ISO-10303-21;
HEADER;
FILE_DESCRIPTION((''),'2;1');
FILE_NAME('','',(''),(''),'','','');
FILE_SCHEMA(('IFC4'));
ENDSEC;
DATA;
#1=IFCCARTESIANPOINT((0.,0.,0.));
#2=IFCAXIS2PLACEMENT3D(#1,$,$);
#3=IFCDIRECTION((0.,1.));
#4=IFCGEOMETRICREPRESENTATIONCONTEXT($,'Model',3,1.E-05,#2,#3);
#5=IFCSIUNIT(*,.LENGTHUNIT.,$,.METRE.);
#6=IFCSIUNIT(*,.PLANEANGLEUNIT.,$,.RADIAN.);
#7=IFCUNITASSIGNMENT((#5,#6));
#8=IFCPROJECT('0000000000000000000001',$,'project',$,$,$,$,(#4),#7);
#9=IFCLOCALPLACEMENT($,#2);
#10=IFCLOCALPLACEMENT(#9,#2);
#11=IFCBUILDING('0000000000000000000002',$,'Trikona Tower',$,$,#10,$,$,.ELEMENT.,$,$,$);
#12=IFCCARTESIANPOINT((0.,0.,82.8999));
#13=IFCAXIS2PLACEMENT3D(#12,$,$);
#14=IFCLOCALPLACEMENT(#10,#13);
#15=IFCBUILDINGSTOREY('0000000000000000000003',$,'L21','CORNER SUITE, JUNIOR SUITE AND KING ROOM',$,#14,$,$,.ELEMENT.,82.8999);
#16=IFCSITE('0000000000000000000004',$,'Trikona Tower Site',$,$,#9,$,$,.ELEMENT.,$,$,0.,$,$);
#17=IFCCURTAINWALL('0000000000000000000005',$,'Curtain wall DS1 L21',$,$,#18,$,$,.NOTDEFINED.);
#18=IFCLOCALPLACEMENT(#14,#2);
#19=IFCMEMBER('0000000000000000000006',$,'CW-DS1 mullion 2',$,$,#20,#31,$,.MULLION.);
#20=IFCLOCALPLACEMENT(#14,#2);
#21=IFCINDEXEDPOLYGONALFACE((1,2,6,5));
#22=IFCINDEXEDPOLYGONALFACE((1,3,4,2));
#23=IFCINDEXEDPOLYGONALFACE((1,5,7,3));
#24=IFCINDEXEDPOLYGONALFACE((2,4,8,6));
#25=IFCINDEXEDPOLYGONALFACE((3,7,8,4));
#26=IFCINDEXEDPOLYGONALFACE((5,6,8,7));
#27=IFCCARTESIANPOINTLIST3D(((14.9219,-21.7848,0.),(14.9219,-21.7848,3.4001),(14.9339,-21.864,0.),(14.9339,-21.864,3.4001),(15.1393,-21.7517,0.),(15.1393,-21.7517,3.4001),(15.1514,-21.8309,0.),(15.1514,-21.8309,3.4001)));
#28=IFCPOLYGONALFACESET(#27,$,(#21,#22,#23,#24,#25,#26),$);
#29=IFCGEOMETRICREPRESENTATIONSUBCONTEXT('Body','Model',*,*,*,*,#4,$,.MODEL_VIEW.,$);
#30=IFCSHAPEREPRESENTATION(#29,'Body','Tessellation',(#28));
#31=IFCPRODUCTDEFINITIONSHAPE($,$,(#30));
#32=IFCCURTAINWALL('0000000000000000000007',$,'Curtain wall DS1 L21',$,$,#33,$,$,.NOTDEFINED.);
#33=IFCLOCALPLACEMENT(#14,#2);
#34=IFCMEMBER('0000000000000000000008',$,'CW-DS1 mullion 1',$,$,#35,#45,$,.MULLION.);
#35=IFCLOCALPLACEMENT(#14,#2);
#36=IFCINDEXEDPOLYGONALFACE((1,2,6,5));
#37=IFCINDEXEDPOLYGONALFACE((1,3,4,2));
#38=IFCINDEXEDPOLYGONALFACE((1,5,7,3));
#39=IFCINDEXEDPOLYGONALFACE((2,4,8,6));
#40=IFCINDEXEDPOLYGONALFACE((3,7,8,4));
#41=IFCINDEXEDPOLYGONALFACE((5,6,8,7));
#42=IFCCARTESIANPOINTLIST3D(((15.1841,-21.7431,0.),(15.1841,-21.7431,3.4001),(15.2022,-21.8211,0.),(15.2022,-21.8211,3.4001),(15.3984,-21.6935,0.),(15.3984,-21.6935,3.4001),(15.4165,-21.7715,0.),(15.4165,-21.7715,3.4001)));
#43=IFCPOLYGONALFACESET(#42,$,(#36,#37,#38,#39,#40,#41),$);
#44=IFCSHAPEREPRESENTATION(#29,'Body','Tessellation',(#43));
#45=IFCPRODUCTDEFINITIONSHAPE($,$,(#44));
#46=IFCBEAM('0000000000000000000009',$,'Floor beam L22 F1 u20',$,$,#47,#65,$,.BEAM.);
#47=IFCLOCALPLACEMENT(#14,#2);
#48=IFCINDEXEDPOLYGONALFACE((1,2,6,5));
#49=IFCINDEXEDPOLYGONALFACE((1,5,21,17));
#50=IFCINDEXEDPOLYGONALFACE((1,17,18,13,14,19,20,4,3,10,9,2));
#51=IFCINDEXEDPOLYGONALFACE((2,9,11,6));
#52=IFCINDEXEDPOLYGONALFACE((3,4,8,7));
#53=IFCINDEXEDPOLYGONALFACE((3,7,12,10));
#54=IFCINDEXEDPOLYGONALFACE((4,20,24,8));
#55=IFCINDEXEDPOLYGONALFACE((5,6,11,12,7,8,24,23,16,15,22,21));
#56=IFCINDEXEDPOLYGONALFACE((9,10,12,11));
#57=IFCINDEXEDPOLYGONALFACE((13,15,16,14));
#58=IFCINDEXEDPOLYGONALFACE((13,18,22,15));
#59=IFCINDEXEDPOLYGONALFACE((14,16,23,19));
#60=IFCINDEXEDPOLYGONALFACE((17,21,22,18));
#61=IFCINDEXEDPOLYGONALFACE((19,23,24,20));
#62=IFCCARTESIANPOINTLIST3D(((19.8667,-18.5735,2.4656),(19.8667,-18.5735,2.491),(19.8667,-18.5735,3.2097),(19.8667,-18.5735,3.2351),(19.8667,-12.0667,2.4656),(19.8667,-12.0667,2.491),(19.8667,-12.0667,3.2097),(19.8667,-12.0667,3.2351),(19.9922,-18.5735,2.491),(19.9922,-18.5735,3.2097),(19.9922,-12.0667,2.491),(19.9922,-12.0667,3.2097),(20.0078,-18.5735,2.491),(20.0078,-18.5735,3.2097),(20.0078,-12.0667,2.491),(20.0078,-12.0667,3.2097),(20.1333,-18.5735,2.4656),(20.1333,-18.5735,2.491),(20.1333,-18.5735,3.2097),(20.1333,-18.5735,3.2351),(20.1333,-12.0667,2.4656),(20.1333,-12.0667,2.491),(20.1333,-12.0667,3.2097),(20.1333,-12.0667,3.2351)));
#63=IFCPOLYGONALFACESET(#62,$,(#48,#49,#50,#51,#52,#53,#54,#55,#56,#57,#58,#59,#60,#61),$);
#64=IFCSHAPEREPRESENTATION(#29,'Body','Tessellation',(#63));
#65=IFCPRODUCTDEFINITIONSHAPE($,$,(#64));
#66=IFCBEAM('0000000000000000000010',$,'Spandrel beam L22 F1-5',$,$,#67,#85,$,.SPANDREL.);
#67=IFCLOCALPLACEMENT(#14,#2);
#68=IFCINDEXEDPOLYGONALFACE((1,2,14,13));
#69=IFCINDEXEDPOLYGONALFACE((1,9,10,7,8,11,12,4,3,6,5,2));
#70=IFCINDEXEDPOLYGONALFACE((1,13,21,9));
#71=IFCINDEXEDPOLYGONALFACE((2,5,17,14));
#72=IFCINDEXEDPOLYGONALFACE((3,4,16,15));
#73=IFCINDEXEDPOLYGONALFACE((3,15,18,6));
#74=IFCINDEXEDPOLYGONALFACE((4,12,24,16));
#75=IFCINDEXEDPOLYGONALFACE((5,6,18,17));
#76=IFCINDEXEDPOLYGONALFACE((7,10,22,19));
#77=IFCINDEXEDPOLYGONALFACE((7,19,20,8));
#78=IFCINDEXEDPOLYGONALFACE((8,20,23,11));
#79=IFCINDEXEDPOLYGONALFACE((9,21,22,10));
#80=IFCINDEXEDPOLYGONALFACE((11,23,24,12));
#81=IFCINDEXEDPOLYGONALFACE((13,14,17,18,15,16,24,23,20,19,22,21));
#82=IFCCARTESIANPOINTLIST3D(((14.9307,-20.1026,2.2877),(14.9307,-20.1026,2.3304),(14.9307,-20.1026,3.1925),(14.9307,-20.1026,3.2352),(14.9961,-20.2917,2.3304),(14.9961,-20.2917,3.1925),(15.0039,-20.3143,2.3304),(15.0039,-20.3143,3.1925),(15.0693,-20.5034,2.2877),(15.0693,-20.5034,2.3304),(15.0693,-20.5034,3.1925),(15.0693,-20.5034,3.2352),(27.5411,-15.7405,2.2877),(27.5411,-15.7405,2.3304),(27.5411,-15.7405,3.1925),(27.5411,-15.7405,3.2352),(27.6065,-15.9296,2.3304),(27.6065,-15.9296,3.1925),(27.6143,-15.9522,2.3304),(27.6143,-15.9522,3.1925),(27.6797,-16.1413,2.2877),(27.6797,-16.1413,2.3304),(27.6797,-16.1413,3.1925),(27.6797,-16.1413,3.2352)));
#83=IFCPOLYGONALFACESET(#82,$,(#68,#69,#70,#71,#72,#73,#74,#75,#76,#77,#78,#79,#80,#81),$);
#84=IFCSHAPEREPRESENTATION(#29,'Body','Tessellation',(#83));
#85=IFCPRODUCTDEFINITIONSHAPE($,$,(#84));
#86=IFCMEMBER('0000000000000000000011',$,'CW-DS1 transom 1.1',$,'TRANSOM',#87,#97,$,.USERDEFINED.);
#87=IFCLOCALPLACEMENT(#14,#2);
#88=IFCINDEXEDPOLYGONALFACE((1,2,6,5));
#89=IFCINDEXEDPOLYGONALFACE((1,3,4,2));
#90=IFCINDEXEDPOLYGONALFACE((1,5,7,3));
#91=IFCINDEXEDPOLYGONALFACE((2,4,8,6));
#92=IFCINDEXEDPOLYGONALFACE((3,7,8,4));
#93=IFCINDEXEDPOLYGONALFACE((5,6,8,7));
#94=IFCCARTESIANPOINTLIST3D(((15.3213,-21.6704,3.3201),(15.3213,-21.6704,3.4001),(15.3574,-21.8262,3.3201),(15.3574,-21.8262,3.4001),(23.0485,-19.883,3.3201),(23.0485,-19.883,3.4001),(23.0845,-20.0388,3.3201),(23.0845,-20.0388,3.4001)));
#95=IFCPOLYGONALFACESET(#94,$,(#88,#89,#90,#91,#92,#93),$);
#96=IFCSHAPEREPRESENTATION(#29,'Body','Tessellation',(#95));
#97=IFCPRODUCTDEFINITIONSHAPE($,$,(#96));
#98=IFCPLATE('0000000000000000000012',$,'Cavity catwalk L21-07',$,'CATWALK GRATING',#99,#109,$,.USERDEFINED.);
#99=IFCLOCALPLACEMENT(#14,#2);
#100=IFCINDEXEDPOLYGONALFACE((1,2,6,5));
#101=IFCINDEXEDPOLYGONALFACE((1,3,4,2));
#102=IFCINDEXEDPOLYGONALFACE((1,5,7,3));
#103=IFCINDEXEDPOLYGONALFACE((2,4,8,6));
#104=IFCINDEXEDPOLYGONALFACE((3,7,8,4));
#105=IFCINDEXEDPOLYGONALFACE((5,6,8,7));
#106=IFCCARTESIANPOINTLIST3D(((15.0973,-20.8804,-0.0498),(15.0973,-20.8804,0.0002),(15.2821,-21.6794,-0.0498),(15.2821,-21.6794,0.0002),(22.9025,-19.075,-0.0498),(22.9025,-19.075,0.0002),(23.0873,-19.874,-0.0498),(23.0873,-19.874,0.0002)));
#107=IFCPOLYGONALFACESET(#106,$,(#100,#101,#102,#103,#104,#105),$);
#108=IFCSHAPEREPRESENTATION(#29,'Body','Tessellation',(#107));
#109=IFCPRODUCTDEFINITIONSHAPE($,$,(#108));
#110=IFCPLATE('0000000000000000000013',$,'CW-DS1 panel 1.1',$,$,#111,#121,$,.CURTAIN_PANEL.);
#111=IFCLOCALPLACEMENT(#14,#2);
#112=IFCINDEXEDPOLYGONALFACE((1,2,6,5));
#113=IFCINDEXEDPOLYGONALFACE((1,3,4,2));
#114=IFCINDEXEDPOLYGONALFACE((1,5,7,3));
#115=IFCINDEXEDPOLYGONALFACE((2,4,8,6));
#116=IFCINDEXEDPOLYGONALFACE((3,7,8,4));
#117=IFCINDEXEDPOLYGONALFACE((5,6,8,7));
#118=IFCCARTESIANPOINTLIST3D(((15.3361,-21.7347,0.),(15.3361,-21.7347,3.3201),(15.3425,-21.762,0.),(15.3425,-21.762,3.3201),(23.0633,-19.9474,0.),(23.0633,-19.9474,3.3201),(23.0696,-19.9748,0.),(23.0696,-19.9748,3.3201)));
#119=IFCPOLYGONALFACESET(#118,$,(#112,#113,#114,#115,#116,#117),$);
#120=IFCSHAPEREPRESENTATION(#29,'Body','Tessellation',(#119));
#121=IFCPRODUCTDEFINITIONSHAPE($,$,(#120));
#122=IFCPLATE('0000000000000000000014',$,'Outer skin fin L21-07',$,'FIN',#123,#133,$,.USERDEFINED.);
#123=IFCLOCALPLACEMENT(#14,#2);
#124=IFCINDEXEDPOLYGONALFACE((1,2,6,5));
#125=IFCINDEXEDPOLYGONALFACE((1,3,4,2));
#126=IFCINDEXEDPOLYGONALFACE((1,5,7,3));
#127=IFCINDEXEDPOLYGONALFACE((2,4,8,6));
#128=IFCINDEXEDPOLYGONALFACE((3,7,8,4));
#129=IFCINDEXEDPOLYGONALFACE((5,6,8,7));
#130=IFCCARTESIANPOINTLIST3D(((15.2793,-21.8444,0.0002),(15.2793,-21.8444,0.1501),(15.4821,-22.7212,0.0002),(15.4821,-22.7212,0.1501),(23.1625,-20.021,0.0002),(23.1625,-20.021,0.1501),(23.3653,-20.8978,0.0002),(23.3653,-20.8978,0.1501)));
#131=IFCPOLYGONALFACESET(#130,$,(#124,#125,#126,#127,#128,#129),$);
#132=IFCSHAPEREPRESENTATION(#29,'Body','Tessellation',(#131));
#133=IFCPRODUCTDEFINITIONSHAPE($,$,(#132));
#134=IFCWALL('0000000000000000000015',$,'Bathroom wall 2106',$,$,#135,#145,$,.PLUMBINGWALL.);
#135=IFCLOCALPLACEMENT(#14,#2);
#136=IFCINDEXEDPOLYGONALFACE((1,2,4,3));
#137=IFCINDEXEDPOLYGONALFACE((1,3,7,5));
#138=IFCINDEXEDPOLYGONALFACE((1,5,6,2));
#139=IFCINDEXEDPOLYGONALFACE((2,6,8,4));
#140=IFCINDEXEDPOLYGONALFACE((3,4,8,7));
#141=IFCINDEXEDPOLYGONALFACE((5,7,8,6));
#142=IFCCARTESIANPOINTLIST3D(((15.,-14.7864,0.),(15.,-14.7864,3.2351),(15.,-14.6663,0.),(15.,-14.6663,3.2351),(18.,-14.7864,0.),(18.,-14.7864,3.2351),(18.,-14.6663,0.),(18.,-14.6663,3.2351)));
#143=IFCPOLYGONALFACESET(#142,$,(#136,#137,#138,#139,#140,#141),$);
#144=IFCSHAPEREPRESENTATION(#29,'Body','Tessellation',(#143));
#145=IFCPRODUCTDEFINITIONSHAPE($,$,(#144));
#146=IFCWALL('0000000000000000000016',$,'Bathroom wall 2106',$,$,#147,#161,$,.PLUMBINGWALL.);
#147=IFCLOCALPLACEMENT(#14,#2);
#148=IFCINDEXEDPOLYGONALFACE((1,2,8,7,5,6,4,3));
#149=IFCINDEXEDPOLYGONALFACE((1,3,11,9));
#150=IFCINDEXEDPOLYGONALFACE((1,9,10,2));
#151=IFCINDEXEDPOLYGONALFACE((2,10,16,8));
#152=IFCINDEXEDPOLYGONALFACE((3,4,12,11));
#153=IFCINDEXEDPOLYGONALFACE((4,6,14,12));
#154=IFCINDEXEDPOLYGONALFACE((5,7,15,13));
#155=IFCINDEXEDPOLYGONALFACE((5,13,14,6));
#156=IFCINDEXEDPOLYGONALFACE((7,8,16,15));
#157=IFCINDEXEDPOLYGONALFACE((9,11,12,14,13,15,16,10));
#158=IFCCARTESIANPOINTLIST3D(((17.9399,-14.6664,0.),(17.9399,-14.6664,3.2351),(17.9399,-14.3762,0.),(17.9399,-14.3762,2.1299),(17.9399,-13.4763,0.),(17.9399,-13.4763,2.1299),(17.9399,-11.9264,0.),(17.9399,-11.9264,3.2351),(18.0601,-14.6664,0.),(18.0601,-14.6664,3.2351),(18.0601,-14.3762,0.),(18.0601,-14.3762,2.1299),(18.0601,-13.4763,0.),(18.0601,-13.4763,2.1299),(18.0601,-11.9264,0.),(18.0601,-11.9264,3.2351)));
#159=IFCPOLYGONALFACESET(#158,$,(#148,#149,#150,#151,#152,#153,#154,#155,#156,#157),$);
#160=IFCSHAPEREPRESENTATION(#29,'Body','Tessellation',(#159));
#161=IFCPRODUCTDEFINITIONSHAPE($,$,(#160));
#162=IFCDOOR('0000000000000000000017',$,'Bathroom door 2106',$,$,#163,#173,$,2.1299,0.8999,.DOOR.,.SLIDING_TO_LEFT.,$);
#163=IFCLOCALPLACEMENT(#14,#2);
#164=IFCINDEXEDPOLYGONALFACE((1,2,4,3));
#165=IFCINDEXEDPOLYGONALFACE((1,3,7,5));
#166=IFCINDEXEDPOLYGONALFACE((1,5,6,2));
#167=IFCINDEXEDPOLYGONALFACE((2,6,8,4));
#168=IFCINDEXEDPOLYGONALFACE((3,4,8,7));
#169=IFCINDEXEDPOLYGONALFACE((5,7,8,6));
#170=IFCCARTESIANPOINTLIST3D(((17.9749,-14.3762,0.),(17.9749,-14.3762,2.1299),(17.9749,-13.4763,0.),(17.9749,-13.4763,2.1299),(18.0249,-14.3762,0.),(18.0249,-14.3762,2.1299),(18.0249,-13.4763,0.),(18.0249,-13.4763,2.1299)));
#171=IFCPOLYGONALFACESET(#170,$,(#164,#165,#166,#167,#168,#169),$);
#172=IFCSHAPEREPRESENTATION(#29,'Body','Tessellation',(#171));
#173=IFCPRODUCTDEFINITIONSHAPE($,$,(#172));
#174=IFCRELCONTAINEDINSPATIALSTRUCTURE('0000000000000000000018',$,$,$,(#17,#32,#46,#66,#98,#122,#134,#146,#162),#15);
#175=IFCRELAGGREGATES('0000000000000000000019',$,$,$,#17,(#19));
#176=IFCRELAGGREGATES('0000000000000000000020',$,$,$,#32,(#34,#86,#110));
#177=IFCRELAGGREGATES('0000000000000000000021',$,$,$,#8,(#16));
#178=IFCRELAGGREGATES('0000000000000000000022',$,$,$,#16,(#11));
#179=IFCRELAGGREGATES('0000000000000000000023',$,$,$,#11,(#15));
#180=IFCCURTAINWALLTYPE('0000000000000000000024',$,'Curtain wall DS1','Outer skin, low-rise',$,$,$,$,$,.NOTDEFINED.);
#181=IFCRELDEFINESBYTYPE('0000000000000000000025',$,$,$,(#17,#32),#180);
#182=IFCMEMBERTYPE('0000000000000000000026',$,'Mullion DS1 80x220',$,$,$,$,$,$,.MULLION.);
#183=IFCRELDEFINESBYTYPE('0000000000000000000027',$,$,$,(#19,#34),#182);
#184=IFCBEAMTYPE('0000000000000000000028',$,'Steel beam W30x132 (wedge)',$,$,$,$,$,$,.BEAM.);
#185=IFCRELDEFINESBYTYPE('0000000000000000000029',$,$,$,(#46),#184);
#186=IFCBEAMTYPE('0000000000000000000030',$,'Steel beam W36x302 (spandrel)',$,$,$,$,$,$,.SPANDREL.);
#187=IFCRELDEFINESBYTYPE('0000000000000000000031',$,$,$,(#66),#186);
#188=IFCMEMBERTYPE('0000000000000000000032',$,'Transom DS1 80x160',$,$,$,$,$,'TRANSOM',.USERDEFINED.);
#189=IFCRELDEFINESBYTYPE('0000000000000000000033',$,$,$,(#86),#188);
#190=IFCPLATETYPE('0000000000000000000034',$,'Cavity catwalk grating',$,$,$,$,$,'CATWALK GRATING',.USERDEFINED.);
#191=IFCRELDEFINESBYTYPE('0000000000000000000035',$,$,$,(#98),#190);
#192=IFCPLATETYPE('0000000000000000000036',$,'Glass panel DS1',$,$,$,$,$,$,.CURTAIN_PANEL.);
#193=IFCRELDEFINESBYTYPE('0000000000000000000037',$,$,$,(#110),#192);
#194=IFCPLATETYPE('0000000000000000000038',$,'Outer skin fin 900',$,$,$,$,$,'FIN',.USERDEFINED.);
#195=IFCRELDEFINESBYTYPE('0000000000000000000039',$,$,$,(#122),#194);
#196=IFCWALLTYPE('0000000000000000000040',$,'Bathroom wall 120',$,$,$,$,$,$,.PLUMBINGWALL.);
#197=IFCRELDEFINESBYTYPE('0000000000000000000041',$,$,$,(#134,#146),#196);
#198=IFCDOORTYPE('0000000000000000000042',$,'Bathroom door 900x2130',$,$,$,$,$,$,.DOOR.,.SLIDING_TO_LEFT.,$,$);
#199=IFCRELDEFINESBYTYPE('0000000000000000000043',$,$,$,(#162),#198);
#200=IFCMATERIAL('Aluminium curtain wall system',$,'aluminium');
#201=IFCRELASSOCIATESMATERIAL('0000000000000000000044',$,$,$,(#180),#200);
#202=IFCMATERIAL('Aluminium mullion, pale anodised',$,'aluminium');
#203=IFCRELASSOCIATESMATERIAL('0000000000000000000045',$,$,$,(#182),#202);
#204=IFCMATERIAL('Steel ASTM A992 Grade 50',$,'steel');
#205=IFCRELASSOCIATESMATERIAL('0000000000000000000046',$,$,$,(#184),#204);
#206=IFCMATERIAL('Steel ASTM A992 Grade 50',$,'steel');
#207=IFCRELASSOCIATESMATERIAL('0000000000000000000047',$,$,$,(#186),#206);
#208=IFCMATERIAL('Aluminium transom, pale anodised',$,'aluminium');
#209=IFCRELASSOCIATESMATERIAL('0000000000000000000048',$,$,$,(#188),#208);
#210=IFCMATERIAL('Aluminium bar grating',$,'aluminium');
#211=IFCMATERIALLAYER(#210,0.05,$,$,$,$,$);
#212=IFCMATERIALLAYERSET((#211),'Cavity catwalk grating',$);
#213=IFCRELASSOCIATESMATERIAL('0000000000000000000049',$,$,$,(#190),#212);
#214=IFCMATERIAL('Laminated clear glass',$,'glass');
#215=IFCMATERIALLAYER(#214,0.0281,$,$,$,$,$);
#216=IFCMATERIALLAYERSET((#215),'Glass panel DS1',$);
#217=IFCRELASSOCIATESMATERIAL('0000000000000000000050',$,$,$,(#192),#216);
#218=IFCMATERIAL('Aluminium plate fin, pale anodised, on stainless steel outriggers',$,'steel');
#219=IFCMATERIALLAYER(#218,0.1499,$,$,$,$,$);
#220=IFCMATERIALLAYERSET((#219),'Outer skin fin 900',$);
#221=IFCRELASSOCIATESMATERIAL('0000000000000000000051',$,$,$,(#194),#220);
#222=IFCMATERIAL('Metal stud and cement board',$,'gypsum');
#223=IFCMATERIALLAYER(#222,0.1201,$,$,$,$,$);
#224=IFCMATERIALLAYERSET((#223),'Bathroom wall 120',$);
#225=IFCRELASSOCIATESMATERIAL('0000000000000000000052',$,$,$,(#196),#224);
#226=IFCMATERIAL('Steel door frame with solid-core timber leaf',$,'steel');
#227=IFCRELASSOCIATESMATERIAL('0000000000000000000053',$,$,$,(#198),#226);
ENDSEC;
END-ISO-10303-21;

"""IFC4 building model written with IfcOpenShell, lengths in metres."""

from ifc_helpers import new_model, si_unit, direction, frame, frame_2d, origin, origin_2d, place, context, subcontext, project, spatial, rectangle, i_section, extrude, material, layer, layer_set, material_profile, profile_set, type_object, element, fill, aggregate, save


model = new_model("IFC4")

# Units and contexts
model_context = context("Model", 3, precision=1e-05, world=origin(), true_north=direction((0.0, 1.0)))
body_context = subcontext(model_context, "Body", "Model", "MODEL_VIEW")
ifc_project = project(units=[si_unit("LENGTHUNIT", "METRE"), si_unit("PLANEANGLEUNIT", "RADIAN")], contexts=[model_context])

# Site, building, storey
site_placement = place(None, origin())
site = spatial("IfcSite", under=ifc_project, at=site_placement, Name="Trikona Tower Site", CompositionType="ELEMENT", RefElevation=0.0)
building_placement = place(site_placement, origin())
building = spatial("IfcBuilding", under=site, at=building_placement, Name="Trikona Tower", CompositionType="ELEMENT")
storey_placement = place(building_placement, frame((0.0, 0.0, 82.8999)))
storey = spatial("IfcBuildingStorey", under=building, at=storey_placement, Name="L21", Description="CORNER SUITE, JUNIOR SUITE AND KING ROOM", CompositionType="ELEMENT", Elevation=82.8999)

# Curtain walls, members
ifc_material_1 = material(Name="Aluminium curtain wall system", Category="aluminium")
curtain_wall_type = type_object("IfcCurtainWallType", Name="Curtain wall DS1", Description="Outer skin, low-rise", PredefinedType="NOTDEFINED", material=ifc_material_1)
curtain_wall_1_placement = place(storey_placement, origin())
curtain_wall_1 = element("IfcCurtainWall", 1, at=curtain_wall_1_placement, inside=storey, type_object=curtain_wall_type, Name="Curtain wall DS1 L21", PredefinedType="NOTDEFINED")
ifc_material_2 = material(Name="Aluminium mullion, pale anodised", Category="aluminium")
ifc_material_profile_1 = material_profile(ifc_material_2, rectangle(XDim=0.0801, YDim=0.22, at=origin_2d()), Name="MUL-DS1")
ifc_profile_set_1 = profile_set([ifc_material_profile_1], Name="Aluminium mullion, pale anodised")
member_type_1 = type_object("IfcMemberType", Name="Mullion DS1 80x220", PredefinedType="MULLION", material=ifc_profile_set_1)
member_1_placement = place(storey_placement, frame((15.0366, -21.8079, 0.0), z_axis=(0.0, 0.0, 1.0), x_axis=(-0.150438, 0.988619, 0.0)))
member_1 = element("IfcMember", 2, at=member_1_placement, type_object=member_type_1, Name="CW-DS1 mullion 2", PredefinedType="MULLION", context=body_context, shape_type="SweptSolid", body=[
    extrude(rectangle(XDim=0.0801, YDim=0.22, at=origin_2d()), origin(), (0.0, 0.0, 1.0), 3.4001),
])
aggregate(curtain_wall_1, [member_1])
curtain_wall_2_placement = place(storey_placement, origin())
curtain_wall_2 = element("IfcCurtainWall", 3, at=curtain_wall_2_placement, inside=storey, type_object=curtain_wall_type, Name="Curtain wall DS1 L21", PredefinedType="NOTDEFINED")
member_2_placement = place(storey_placement, frame((15.3003, -21.7573, 0.0), z_axis=(0.0, 0.0, 1.0), x_axis=(-0.225343, 0.974279, 0.0)))
member_2 = element("IfcMember", 4, at=member_2_placement, type_object=member_type_1, Name="CW-DS1 mullion 1", PredefinedType="MULLION", context=body_context, shape_type="SweptSolid", body=[
    extrude(rectangle(XDim=0.0801, YDim=0.22, at=origin_2d()), origin(), (0.0, 0.0, 1.0), 3.4001),
])

# Beams
ifc_material_3 = material(Name="Steel ASTM A992 Grade 50", Category="steel")
ifc_material_profile_2 = material_profile(ifc_material_3, i_section(OverallWidth=0.2666, OverallDepth=0.7695, WebThickness=0.0156, FlangeThickness=0.0254, at=origin_2d()), Name="W30X132")
ifc_profile_set_2 = profile_set([ifc_material_profile_2], Name="Steel ASTM A992 Grade 50")
beam_type_1 = type_object("IfcBeamType", Name="Steel beam W30x132 (wedge)", PredefinedType="BEAM", material=ifc_profile_set_2)
beam_1_placement = place(storey_placement, frame((20.0, -12.0667, 2.8503), z_axis=(0.0, -1.0, 0.0), x_axis=(1.0, 0.0, 0.0)))
element("IfcBeam", 5, at=beam_1_placement, inside=storey, type_object=beam_type_1, Name="Floor beam L22 F1 u20", PredefinedType="BEAM", context=body_context, shape_type="SweptSolid", body=[
    extrude(i_section(OverallWidth=0.2666, OverallDepth=0.7695, WebThickness=0.0156, FlangeThickness=0.0254, at=origin_2d()), origin(), (0.0, 0.0, 1.0), 6.5068),
])
ifc_material_4 = material(Name="Steel ASTM A992 Grade 50", Category="steel")
ifc_material_profile_3 = material_profile(ifc_material_4, i_section(OverallWidth=0.4241, OverallDepth=0.9475, WebThickness=0.0239, FlangeThickness=0.0427, at=origin_2d()), Name="W36X302")
ifc_profile_set_3 = profile_set([ifc_material_profile_3], Name="Steel ASTM A992 Grade 50")
beam_type_2 = type_object("IfcBeamType", Name="Steel beam W36x302 (spandrel)", PredefinedType="SPANDREL", material=ifc_profile_set_3)
beam_2_placement = place(storey_placement, frame((15.0, -20.303, 2.7615), z_axis=(0.945057, 0.326906, 0.0), x_axis=(-0.326906, 0.945057, 0.0)))
element("IfcBeam", 6, at=beam_2_placement, inside=storey, type_object=beam_type_2, Name="Spandrel beam L22 F1-5", PredefinedType="SPANDREL", context=body_context, shape_type="SweptSolid", body=[
    extrude(i_section(OverallWidth=0.4241, OverallDepth=0.9475, WebThickness=0.0239, FlangeThickness=0.0427, at=origin_2d()), origin(), (0.0, 0.0, 1.0), 13.3435),
])

# Member
ifc_material_5 = material(Name="Aluminium transom, pale anodised", Category="aluminium")
ifc_material_profile_4 = material_profile(ifc_material_5, rectangle(XDim=0.1599, YDim=0.0801, at=origin_2d()), Name="TRN-DS1")
ifc_profile_set_4 = profile_set([ifc_material_profile_4], Name="Aluminium transom, pale anodised")
member_type_2 = type_object("IfcMemberType", Name="Transom DS1 80x160", ElementType="TRANSOM", PredefinedType="USERDEFINED", material=ifc_profile_set_4)
member_3_placement = place(storey_placement, frame((15.3394, -21.7483, 3.3601), z_axis=(0.974275, 0.225361, 0.0), x_axis=(-0.225361, 0.974275, 0.0)))
member_3 = element("IfcMember", 7, at=member_3_placement, type_object=member_type_2, Name="CW-DS1 transom 1.1", ObjectType="TRANSOM", PredefinedType="USERDEFINED", context=body_context, shape_type="SweptSolid", body=[
    extrude(rectangle(XDim=0.1599, YDim=0.0801, at=origin_2d()), origin(), (0.0, 0.0, 1.0), 7.9312),
])

# Plates
ifc_material_6 = material(Name="Aluminium bar grating", Category="aluminium")
ifc_layer_1 = layer(ifc_material_6, 0.05)
ifc_layer_set_1 = layer_set([ifc_layer_1], Name="Cavity catwalk grating")
plate_type_1 = type_object("IfcPlateType", Name="Cavity catwalk grating", ElementType="CATWALK GRATING", PredefinedType="USERDEFINED", material=ifc_layer_set_1)
plate_1_placement = place(storey_placement, frame((19.0923, -20.3772, -0.0498), z_axis=(0.0, 0.0, 1.0), x_axis=(0.974278, 0.225351, 0.0)))
element("IfcPlate", 8, at=plate_1_placement, inside=storey, type_object=plate_type_1, Name="Cavity catwalk L21-07", ObjectType="CATWALK GRATING", PredefinedType="USERDEFINED", context=body_context, shape_type="SweptSolid", body=[
    extrude(rectangle(XDim=8.0112, YDim=0.8201, at=origin_2d()), origin(), (0.0, 0.0, 1.0), 0.05),
])
ifc_material_7 = material(Name="Laminated clear glass", Category="glass")
ifc_layer_2 = layer(ifc_material_7, 0.0281)
ifc_layer_set_2 = layer_set([ifc_layer_2], Name="Glass panel DS1")
plate_type_2 = type_object("IfcPlateType", Name="Glass panel DS1", PredefinedType="CURTAIN_PANEL", material=ifc_layer_set_2)
plate_2_placement = place(storey_placement, frame((19.2029, -20.8547, 0.0), z_axis=(0.0, 0.0, 1.0), x_axis=(0.974279, 0.225343, 0.0)))
plate_2 = element("IfcPlate", 9, at=plate_2_placement, type_object=plate_type_2, Name="CW-DS1 panel 1.1", PredefinedType="CURTAIN_PANEL", context=body_context, shape_type="SweptSolid", body=[
    extrude(rectangle(XDim=7.9312, YDim=0.0281, at=origin_2d()), origin(), (0.0, 0.0, 1.0), 3.3201),
])
aggregate(curtain_wall_2, [member_2, member_3, plate_2])
ifc_material_8 = material(Name="Aluminium plate fin, pale anodised, on stainless steel outriggers", Category="steel")
ifc_layer_3 = layer(ifc_material_8, 0.1499)
ifc_layer_set_3 = layer_set([ifc_layer_3], Name="Outer skin fin 900")
plate_type_3 = type_object("IfcPlateType", Name="Outer skin fin 900", ElementType="FIN", PredefinedType="USERDEFINED", material=ifc_layer_set_3)
plate_3_placement = place(storey_placement, frame((19.3223, -21.3711, 0.0002), z_axis=(0.0, 0.0, 1.0), x_axis=(0.974278, 0.225351, 0.0)))
element("IfcPlate", 10, at=plate_3_placement, inside=storey, type_object=plate_type_3, Name="Outer skin fin L21-07", ObjectType="FIN", PredefinedType="USERDEFINED", context=body_context, shape_type="SweptSolid", body=[
    extrude(rectangle(XDim=8.0913, YDim=0.8999, at=origin_2d()), origin(), (0.0, 0.0, 1.0), 0.1499),
])

# Wall
ifc_material_9 = material(Name="Metal stud and cement board", Category="gypsum")
ifc_layer_4 = layer(ifc_material_9, 0.1201)
ifc_layer_set_4 = layer_set([ifc_layer_4], Name="Bathroom wall 120")
wall_type_1 = type_object("IfcWallType", Name="Bathroom wall 120", PredefinedType="PLUMBINGWALL", material=ifc_layer_set_4)
wall_1_placement = place(storey_placement, frame((15.0, -14.7263, 0.0), z_axis=(0.0, 0.0, 1.0), x_axis=(1.0, 0.0, 0.0)))
element("IfcWall", 11, at=wall_1_placement, inside=storey, type_object=wall_type_1, Name="Bathroom wall 2106", PredefinedType="PLUMBINGWALL", context=body_context, shape_type="SweptSolid", body=[
    extrude(rectangle(XDim=3.0, YDim=0.1201, at=frame_2d((1.5, 0.0))), origin(), (0.0, 0.0, 1.0), 3.2351),
])

# Wall, opening, door
wall_2_placement = place(storey_placement, frame((18.0, -11.9263, 0.0), z_axis=(0.0, 0.0, 1.0), x_axis=(0.0, -1.0, 0.0)))
wall_2 = element("IfcWall", 12, at=wall_2_placement, inside=storey, type_object=wall_type_1, Name="Bathroom wall 2106", PredefinedType="PLUMBINGWALL", context=body_context, shape_type="SweptSolid", body=[
    extrude(rectangle(XDim=2.74, YDim=0.1201, at=frame_2d((1.3701, 0.0))), origin(), (0.0, 0.0, 1.0), 3.2351),
])
opening_placement = place(wall_2_placement, frame((1.55, 0.0, 0.0)))
opening = element("IfcOpeningElement", 13, at=opening_placement, cuts=wall_2, PredefinedType="OPENING", context=body_context, shape_type="SweptSolid", body=[
    extrude(rectangle(XDim=0.8999, YDim=2.1299, at=frame_2d((0.45, 1.0649))), frame((0.0, 0.0701, 0.0), z_axis=(0.0, -1.0, 0.0), x_axis=(1.0, 0.0, 0.0)), (0.0, 0.0, 1.0), 0.1401),
])
ifc_material_10 = material(Name="Steel door frame with solid-core timber leaf", Category="steel")
door_type = type_object("IfcDoorType", Name="Bathroom door 900x2130", OperationType="SLIDING_TO_LEFT", PredefinedType="DOOR", material=ifc_material_10)
door_placement = place(opening_placement, origin())
door = element("IfcDoor", 14, at=door_placement, inside=storey, type_object=door_type, Name="Bathroom door 2106", OperationType="SLIDING_TO_LEFT", OverallHeight=2.1299, OverallWidth=0.8999, PredefinedType="DOOR", context=body_context, shape_type="SweptSolid", body=[
    extrude(rectangle(XDim=0.8999, YDim=2.1299, at=frame_2d((0.45, 1.0649))), frame((0.0, 0.0249, 0.0), z_axis=(0.0, -1.0, 0.0), x_axis=(1.0, 0.0, 0.0)), (0.0, 0.0, 1.0), 0.05),
])
fill(opening, door)

save(model, "model.ifc")
